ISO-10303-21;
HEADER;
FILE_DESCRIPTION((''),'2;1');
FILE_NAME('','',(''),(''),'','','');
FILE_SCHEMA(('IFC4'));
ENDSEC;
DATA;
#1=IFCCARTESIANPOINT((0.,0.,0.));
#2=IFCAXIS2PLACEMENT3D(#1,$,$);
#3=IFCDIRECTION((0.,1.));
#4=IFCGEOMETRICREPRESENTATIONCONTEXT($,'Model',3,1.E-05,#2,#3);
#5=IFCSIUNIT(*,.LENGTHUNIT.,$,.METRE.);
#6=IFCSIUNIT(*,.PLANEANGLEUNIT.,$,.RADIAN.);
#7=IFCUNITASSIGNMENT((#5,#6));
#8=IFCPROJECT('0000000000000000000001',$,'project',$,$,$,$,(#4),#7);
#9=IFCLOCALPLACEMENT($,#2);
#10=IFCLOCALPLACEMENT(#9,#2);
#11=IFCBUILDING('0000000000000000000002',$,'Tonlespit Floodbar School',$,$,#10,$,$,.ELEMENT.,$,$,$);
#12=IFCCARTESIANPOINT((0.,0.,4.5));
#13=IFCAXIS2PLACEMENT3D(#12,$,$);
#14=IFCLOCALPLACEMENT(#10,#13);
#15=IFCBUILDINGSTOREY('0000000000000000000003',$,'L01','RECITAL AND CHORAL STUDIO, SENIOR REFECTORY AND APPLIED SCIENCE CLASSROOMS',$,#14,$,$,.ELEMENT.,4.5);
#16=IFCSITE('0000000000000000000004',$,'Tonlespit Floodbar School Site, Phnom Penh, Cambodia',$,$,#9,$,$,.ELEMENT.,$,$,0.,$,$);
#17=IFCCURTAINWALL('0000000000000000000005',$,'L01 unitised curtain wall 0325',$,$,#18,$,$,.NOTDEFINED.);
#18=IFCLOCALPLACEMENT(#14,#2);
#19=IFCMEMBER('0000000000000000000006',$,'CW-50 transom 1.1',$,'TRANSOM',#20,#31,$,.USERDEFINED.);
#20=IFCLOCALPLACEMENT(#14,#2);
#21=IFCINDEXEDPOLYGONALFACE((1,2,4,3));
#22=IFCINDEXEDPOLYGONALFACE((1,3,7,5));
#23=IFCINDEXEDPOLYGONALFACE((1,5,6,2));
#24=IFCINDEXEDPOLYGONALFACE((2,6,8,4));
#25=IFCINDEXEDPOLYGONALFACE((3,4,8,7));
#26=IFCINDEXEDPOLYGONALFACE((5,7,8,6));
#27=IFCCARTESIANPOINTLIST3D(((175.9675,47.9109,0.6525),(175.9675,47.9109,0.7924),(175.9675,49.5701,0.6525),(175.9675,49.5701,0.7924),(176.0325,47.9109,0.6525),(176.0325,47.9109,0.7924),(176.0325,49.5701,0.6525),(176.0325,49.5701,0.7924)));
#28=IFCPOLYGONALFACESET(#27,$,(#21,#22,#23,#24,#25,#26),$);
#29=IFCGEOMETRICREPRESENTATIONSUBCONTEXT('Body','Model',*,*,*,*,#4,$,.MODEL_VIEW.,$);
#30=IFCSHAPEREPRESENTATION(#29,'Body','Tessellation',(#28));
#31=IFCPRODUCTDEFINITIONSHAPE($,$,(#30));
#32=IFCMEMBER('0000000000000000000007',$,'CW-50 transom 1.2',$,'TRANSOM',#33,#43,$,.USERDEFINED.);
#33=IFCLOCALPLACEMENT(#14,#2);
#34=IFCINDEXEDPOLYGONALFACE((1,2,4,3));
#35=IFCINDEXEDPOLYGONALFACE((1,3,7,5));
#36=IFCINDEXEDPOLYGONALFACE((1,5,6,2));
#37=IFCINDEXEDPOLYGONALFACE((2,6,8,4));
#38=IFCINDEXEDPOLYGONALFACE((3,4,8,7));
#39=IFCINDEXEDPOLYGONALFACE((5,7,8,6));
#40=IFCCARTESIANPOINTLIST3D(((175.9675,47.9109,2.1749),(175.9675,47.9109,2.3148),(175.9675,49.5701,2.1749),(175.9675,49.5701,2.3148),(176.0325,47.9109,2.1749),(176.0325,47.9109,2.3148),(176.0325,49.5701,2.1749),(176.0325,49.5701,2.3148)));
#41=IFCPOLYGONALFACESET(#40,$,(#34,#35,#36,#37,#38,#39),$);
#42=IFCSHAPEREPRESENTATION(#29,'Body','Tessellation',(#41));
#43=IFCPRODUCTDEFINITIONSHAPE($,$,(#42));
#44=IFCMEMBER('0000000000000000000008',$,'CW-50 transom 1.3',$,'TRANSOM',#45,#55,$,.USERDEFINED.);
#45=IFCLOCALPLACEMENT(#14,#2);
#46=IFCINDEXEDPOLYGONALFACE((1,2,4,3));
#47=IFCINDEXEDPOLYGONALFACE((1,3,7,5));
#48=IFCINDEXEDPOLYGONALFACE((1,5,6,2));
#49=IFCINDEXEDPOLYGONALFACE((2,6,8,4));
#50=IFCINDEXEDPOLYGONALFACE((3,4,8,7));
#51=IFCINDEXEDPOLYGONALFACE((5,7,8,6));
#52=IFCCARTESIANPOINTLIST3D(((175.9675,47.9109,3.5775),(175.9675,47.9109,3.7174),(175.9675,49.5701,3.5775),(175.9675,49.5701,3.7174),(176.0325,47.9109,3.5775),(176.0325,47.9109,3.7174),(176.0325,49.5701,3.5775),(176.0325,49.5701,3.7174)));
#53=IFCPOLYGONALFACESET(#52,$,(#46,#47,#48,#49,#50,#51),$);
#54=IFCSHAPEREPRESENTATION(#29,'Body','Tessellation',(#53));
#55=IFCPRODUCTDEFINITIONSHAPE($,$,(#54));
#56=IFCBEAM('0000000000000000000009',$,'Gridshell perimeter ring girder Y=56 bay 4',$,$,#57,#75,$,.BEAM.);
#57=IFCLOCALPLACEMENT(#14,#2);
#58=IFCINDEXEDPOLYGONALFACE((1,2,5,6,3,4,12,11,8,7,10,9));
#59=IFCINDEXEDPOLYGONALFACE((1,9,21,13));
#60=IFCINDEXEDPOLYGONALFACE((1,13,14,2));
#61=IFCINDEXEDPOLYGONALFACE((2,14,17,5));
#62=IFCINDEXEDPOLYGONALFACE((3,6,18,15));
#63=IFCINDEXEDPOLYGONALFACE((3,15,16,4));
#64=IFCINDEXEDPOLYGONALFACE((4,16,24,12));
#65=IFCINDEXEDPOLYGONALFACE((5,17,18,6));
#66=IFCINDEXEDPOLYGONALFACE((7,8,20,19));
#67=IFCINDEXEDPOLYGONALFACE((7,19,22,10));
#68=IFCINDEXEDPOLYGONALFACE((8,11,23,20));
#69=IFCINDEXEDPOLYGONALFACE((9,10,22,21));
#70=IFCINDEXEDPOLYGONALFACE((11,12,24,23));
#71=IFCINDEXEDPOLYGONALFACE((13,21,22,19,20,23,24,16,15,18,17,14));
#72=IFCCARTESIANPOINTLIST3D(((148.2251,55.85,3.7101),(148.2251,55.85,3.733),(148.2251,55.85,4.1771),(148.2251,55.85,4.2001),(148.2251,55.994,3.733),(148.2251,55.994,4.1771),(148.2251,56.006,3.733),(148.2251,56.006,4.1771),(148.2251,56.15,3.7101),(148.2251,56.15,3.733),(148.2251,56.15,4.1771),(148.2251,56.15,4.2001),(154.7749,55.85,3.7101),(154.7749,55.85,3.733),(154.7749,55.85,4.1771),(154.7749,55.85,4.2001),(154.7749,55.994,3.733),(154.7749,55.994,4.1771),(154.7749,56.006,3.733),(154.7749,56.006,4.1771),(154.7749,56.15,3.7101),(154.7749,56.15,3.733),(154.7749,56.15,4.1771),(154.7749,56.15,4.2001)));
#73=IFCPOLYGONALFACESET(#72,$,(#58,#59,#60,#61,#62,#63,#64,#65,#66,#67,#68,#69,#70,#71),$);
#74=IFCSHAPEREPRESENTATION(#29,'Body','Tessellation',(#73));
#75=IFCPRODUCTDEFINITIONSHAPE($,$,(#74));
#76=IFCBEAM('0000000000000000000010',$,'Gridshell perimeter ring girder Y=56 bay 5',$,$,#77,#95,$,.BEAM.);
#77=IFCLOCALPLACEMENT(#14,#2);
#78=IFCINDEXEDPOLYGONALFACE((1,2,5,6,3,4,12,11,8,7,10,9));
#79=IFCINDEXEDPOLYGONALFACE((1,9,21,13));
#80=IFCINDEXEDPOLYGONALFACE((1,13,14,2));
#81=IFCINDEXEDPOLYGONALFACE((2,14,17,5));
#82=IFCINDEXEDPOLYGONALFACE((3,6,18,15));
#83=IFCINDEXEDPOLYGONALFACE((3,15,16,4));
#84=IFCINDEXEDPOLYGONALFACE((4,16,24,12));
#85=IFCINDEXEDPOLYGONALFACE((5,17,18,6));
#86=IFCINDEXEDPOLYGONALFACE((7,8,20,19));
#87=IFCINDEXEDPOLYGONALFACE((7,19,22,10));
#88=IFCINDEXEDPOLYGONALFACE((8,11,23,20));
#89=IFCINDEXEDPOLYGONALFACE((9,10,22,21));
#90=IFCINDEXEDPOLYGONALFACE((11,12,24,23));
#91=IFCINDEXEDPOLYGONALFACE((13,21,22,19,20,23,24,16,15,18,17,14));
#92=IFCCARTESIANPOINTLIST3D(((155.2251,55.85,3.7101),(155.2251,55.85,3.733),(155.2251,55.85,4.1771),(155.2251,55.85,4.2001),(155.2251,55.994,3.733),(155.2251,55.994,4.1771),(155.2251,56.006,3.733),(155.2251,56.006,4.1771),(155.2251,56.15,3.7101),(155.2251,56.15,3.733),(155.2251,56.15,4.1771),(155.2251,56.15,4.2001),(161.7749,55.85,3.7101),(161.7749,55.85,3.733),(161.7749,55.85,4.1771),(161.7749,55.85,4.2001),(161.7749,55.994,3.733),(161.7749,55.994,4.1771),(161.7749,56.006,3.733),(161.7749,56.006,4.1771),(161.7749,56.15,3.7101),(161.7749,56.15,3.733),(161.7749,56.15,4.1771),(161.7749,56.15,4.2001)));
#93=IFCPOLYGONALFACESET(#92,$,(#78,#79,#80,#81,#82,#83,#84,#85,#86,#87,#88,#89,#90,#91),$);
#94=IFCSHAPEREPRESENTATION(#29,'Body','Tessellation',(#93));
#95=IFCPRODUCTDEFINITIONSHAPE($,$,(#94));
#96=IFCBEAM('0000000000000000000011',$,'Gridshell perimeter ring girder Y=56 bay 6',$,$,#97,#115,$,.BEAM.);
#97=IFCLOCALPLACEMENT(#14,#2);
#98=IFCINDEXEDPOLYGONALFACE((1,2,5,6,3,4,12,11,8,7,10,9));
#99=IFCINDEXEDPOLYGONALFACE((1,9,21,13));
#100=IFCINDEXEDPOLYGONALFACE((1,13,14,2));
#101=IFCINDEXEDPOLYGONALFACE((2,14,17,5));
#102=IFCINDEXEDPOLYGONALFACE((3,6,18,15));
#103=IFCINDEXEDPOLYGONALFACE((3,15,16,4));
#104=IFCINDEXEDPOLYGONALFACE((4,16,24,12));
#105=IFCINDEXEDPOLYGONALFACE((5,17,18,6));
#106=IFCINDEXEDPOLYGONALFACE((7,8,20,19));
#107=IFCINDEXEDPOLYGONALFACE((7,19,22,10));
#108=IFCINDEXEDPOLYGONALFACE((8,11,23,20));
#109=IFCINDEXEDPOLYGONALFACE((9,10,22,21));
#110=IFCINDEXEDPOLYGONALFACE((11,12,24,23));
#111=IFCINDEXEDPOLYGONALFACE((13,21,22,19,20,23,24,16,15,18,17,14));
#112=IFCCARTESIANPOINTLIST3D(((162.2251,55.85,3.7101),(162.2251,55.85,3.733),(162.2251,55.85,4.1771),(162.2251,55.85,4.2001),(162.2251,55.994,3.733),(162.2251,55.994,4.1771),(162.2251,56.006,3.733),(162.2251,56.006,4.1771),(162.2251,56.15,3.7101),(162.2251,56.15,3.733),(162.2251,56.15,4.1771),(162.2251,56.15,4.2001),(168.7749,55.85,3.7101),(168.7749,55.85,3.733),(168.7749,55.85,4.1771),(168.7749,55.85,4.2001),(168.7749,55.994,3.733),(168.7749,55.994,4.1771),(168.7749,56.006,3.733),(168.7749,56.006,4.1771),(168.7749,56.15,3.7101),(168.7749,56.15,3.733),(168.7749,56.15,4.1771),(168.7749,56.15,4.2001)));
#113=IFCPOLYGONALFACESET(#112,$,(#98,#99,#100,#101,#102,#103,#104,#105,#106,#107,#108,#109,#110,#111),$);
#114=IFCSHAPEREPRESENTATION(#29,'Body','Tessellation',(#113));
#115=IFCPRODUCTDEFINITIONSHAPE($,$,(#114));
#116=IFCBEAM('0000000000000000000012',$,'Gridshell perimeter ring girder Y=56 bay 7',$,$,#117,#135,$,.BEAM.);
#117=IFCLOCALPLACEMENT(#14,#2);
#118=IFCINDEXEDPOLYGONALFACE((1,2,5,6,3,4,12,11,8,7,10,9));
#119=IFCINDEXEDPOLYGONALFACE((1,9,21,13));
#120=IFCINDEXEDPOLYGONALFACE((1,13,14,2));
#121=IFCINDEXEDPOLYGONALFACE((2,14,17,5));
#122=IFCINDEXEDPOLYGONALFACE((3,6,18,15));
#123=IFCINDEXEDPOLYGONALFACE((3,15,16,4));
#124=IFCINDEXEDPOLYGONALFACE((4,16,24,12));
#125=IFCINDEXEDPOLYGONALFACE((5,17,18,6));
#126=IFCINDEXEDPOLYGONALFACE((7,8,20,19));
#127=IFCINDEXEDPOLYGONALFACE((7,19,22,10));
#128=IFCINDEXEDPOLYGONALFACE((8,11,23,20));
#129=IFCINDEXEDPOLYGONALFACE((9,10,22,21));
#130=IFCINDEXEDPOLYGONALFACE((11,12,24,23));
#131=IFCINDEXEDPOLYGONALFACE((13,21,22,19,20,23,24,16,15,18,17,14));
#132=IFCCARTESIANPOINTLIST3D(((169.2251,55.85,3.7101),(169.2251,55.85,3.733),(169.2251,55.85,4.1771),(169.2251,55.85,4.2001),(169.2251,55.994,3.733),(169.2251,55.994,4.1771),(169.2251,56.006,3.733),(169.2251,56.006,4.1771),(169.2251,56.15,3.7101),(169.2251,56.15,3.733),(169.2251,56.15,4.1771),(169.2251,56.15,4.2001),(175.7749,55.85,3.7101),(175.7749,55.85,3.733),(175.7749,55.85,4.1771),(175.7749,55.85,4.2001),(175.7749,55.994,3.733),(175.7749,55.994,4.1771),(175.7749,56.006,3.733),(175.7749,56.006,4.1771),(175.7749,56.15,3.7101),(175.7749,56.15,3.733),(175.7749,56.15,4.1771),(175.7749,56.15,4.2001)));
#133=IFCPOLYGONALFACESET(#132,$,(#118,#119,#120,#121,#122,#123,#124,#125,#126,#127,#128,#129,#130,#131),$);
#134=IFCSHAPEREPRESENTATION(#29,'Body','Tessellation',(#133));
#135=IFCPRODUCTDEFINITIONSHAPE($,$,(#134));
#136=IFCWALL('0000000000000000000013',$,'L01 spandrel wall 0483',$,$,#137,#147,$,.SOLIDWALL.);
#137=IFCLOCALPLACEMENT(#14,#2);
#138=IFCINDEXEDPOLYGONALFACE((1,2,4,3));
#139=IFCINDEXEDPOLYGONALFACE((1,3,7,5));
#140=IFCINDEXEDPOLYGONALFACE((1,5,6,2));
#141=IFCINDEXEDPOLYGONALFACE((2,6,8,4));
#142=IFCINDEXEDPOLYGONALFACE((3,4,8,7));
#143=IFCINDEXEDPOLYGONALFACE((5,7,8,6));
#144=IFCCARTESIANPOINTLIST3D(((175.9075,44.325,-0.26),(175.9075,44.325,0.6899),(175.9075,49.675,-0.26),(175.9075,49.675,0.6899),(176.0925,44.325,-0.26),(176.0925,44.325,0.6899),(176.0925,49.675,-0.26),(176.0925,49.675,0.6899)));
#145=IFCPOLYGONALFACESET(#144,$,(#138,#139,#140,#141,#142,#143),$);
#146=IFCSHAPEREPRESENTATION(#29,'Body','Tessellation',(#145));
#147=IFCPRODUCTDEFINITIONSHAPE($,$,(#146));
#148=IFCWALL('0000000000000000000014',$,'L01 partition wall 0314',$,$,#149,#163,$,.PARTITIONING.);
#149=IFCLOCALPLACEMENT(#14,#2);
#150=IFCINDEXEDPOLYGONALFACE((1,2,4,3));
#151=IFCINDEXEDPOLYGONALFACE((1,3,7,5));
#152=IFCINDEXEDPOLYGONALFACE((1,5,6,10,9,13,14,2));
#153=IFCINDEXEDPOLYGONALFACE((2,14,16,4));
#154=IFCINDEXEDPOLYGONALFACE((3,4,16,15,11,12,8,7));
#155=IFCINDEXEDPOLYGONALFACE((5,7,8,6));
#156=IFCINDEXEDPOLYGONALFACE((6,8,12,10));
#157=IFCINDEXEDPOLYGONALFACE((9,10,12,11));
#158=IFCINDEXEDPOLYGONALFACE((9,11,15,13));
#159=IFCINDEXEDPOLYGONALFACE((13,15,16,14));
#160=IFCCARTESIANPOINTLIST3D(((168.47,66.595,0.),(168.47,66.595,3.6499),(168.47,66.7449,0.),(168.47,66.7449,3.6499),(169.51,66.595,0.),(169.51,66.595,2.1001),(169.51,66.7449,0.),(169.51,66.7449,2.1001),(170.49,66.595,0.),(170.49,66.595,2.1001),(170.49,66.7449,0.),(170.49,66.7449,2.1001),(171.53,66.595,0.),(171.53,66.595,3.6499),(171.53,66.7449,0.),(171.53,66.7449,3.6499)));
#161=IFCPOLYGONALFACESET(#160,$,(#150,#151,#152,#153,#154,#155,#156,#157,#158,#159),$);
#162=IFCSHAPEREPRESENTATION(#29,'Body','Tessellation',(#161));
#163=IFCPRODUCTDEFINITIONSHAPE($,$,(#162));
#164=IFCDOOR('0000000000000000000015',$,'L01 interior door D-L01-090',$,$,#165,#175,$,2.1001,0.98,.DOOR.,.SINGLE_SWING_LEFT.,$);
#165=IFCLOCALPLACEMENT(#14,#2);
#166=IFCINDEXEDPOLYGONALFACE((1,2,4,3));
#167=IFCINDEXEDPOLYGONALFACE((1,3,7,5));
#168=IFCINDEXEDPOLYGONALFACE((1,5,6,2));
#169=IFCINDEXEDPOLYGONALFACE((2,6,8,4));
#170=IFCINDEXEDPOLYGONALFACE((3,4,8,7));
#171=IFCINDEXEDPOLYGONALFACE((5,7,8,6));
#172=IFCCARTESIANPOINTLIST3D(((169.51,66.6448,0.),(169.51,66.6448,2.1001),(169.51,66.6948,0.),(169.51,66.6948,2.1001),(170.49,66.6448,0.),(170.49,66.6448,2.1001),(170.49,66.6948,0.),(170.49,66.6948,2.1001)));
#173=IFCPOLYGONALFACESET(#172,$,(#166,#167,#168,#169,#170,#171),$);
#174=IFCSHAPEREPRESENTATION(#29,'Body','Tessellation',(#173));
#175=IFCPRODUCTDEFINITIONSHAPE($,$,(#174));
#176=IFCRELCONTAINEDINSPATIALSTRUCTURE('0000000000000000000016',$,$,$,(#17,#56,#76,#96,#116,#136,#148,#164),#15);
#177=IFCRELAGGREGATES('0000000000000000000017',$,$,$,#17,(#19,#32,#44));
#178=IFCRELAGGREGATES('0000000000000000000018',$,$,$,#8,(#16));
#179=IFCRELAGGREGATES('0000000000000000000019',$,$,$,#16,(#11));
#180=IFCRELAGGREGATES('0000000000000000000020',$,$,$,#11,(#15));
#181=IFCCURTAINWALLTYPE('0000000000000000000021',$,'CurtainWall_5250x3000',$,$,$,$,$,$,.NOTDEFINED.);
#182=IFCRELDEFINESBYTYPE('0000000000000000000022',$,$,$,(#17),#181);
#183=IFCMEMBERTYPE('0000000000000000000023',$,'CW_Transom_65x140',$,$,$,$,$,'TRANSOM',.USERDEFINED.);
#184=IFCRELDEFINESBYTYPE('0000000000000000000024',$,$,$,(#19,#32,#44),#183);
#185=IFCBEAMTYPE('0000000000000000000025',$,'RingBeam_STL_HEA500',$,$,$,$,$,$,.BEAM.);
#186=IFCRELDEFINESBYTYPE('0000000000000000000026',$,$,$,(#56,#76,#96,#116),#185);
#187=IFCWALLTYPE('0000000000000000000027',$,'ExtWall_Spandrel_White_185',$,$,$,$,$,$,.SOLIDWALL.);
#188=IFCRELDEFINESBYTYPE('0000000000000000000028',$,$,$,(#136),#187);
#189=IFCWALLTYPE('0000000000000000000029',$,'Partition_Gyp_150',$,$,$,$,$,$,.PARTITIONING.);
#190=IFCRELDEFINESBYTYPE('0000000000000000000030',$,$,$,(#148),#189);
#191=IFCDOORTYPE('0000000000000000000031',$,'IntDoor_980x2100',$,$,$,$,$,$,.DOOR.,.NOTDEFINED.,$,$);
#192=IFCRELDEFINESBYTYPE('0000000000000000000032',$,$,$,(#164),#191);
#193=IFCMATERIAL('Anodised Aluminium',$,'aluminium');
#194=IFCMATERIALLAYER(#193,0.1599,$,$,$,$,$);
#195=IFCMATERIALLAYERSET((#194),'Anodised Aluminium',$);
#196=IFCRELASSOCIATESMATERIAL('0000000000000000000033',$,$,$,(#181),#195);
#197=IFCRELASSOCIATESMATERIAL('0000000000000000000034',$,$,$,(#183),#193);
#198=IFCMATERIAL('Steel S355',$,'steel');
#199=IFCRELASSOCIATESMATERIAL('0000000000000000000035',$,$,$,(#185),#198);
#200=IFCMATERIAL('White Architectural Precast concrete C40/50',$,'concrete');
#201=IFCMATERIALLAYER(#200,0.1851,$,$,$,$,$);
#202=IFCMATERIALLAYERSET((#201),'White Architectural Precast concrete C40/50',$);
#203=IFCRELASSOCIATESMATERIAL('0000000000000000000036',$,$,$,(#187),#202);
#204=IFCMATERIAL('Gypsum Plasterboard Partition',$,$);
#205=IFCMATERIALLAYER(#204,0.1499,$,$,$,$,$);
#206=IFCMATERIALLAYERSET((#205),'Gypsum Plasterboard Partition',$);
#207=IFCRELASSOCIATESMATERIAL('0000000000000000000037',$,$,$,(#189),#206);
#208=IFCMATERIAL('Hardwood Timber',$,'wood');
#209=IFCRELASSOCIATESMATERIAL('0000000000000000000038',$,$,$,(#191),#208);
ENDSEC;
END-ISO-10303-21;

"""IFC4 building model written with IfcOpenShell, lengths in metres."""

from ifc_helpers import new_model, si_unit, direction, frame, frame_2d, origin, origin_2d, place, context, subcontext, project, spatial, rectangle, i_section, extrude, material, layer, layer_set, material_profile, profile_set, type_object, element, fill, aggregate, save


model = new_model("IFC4")

# Units and contexts
model_context = context("Model", 3, precision=1e-05, world=origin(), true_north=direction((0.0, 1.0)))
body_context = subcontext(model_context, "Body", "Model", "MODEL_VIEW")
ifc_project = project(units=[si_unit("LENGTHUNIT", "METRE"), si_unit("PLANEANGLEUNIT", "RADIAN")], contexts=[model_context])

# Site, building, storey
site_placement = place(None, origin())
site = spatial("IfcSite", under=ifc_project, at=site_placement, Name="Tonlespit Floodbar School Site, Phnom Penh, Cambodia", CompositionType="ELEMENT", RefElevation=0.0)
building_placement = place(site_placement, origin())
building = spatial("IfcBuilding", under=site, at=building_placement, Name="Tonlespit Floodbar School", CompositionType="ELEMENT")
storey_placement = place(building_placement, frame((0.0, 0.0, 4.5)))
storey = spatial("IfcBuildingStorey", under=building, at=storey_placement, Name="L01", Description="RECITAL AND CHORAL STUDIO, SENIOR REFECTORY AND APPLIED SCIENCE CLASSROOMS", CompositionType="ELEMENT", Elevation=4.5)

# Curtain wall, members
ifc_material_1 = material(Name="Anodised Aluminium", Category="aluminium")
ifc_layer_1 = layer(ifc_material_1, 0.1599)
ifc_layer_set_1 = layer_set([ifc_layer_1], Name="Anodised Aluminium")
curtain_wall_type = type_object("IfcCurtainWallType", Name="CurtainWall_5250x3000", PredefinedType="NOTDEFINED", material=ifc_layer_set_1)
curtain_wall_placement = place(storey_placement, origin())
curtain_wall = element("IfcCurtainWall", 1, at=curtain_wall_placement, inside=storey, type_object=curtain_wall_type, Name="L01 unitised curtain wall 0325", PredefinedType="NOTDEFINED")
ifc_material_profile_1 = material_profile(ifc_material_1, rectangle(XDim=0.0649, YDim=0.1399, at=origin_2d()), Name="ALU T65x140")
ifc_profile_set_1 = profile_set([ifc_material_profile_1], Name="Anodised Aluminium")
member_type_1 = type_object("IfcMemberType", Name="CW_Transom_65x140", ElementType="TRANSOM", PredefinedType="USERDEFINED", material=ifc_profile_set_1)
member_1_placement = place(storey_placement, frame((176.0, 49.5701, 0.7224), z_axis=(0.0, -1.0, 0.0), x_axis=(1.0, 0.0, 0.0)))
member_1 = element("IfcMember", 2, at=member_1_placement, type_object=member_type_1, Name="CW-50 transom 1.1", ObjectType="TRANSOM", PredefinedType="USERDEFINED", context=body_context, shape_type="SweptSolid", body=[
    extrude(rectangle(XDim=0.0649, YDim=0.1399, at=origin_2d()), origin(), (0.0, 0.0, 1.0), 1.6592),
])
member_2_placement = place(storey_placement, frame((176.0, 49.5701, 2.2449), z_axis=(0.0, -1.0, 0.0), x_axis=(1.0, 0.0, 0.0)))
member_2 = element("IfcMember", 3, at=member_2_placement, type_object=member_type_1, Name="CW-50 transom 1.2", ObjectType="TRANSOM", PredefinedType="USERDEFINED", context=body_context, shape_type="SweptSolid", body=[
    extrude(rectangle(XDim=0.0649, YDim=0.1399, at=origin_2d()), origin(), (0.0, 0.0, 1.0), 1.6592),
])
member_3_placement = place(storey_placement, frame((176.0, 49.5701, 3.6475), z_axis=(0.0, -1.0, 0.0), x_axis=(1.0, 0.0, 0.0)))
member_3 = element("IfcMember", 4, at=member_3_placement, type_object=member_type_1, Name="CW-50 transom 1.3", ObjectType="TRANSOM", PredefinedType="USERDEFINED", context=body_context, shape_type="SweptSolid", body=[
    extrude(rectangle(XDim=0.0649, YDim=0.1399, at=origin_2d()), origin(), (0.0, 0.0, 1.0), 1.6592),
])
aggregate(curtain_wall, [member_1, member_2, member_3])

# Beams
ifc_material_2 = material(Name="Steel S355", Category="steel")
ifc_material_profile_2 = material_profile(ifc_material_2, i_section(OverallWidth=0.3, OverallDepth=0.49, WebThickness=0.012, FlangeThickness=0.0229, at=origin_2d()), Name="HEA 500")
ifc_profile_set_2 = profile_set([ifc_material_profile_2], Name="Steel S355")
beam_type_1 = type_object("IfcBeamType", Name="RingBeam_STL_HEA500", PredefinedType="BEAM", material=ifc_profile_set_2)
for number, where, z_axis, x_axis, name in (
    (5, (148.2251, 56.0, 3.9551), (1.0, 0.0, 0.0), (0.0, 1.0, 0.0), "Gridshell perimeter ring girder Y=56 bay 4"),
    (6, (155.2251, 56.0, 3.9551), (1.0, 0.0, 0.0), (0.0, 1.0, 0.0), "Gridshell perimeter ring girder Y=56 bay 5"),
    (7, (162.2251, 56.0, 3.9551), (1.0, 0.0, 0.0), (0.0, 1.0, 0.0), "Gridshell perimeter ring girder Y=56 bay 6"),
    (8, (169.2251, 56.0, 3.9551), (1.0, 0.0, 0.0), (0.0, 1.0, 0.0), "Gridshell perimeter ring girder Y=56 bay 7"),
):
    element("IfcBeam", number, at=place(storey_placement, frame(where, z_axis=z_axis, x_axis=x_axis)), inside=storey, type_object=beam_type_1, Name=name, PredefinedType="BEAM", context=body_context, shape_type="SweptSolid", body=[
        extrude(i_section(OverallWidth=0.3, OverallDepth=0.49, WebThickness=0.012, FlangeThickness=0.0229, at=origin_2d()), origin(), (0.0, 0.0, 1.0), 6.5498),
    ])

# Wall
ifc_material_3 = material(Name="White Architectural Precast concrete C40/50", Category="concrete")
ifc_layer_2 = layer(ifc_material_3, 0.1851)
ifc_layer_set_2 = layer_set([ifc_layer_2], Name="White Architectural Precast concrete C40/50")
wall_type_1 = type_object("IfcWallType", Name="ExtWall_Spandrel_White_185", PredefinedType="SOLIDWALL", material=ifc_layer_set_2)
wall_1_placement = place(storey_placement, frame((176.0, 49.675, -0.26), z_axis=(0.0, 0.0, 1.0), x_axis=(0.0, -1.0, 0.0)))
element("IfcWall", 9, at=wall_1_placement, inside=storey, type_object=wall_type_1, Name="L01 spandrel wall 0483", PredefinedType="SOLIDWALL", context=body_context, shape_type="SweptSolid", body=[
    extrude(rectangle(XDim=5.3501, YDim=0.1851, at=frame_2d((2.675, 0.0))), origin(), (0.0, 0.0, 1.0), 0.95),
])

# Wall, opening, door
ifc_material_4 = material(Name="Hardwood Timber", Category="wood")
ifc_material_5 = material(Name="Gypsum Plasterboard Partition")
ifc_layer_3 = layer(ifc_material_5, 0.1499)
ifc_layer_set_3 = layer_set([ifc_layer_3], Name="Gypsum Plasterboard Partition")
wall_type_2 = type_object("IfcWallType", Name="Partition_Gyp_150", PredefinedType="PARTITIONING", material=ifc_layer_set_3)
wall_2_placement = place(storey_placement, frame((168.47, 66.6699, 0.0), z_axis=(0.0, 0.0, 1.0), x_axis=(1.0, 0.0, 0.0)))
wall_2 = element("IfcWall", 10, at=wall_2_placement, inside=storey, type_object=wall_type_2, Name="L01 partition wall 0314", PredefinedType="PARTITIONING", context=body_context, shape_type="SweptSolid", body=[
    extrude(rectangle(XDim=3.0601, YDim=0.1499, at=frame_2d((1.53, 0.0))), origin(), (0.0, 0.0, 1.0), 3.6499),
])
opening_1_placement = place(wall_2_placement, frame((1.04, 0.0, 0.0)))
opening_1 = element("IfcOpeningElement", 11, at=opening_1_placement, cuts=wall_2, PredefinedType="OPENING", context=body_context, shape_type="SweptSolid", body=[
    extrude(rectangle(XDim=0.98, YDim=2.1001, at=frame_2d((0.49, 1.05))), frame((0.0, 0.085, 0.0), z_axis=(0.0, -1.0, 0.0), x_axis=(1.0, 0.0, 0.0)), (0.0, 0.0, 1.0), 0.1699),
])
door_type_1 = type_object("IfcDoorType", Name="IntDoor_980x2100", OperationType="NOTDEFINED", PredefinedType="DOOR", material=ifc_material_4)
door_1_placement = place(opening_1_placement, origin())
door_1 = element("IfcDoor", 12, at=door_1_placement, inside=storey, type_object=door_type_1, Name="L01 interior door D-L01-090", OperationType="SINGLE_SWING_LEFT", OverallHeight=2.1001, OverallWidth=0.98, PredefinedType="DOOR", context=body_context, shape_type="SweptSolid", body=[
    extrude(rectangle(XDim=0.98, YDim=2.1001, at=frame_2d((0.49, 1.05))), frame((0.0, 0.0249, 0.0), z_axis=(0.0, -1.0, 0.0), x_axis=(1.0, 0.0, 0.0)), (0.0, 0.0, 1.0), 0.05),
])
fill(opening_1, door_1)

save(model, "model.ifc")
